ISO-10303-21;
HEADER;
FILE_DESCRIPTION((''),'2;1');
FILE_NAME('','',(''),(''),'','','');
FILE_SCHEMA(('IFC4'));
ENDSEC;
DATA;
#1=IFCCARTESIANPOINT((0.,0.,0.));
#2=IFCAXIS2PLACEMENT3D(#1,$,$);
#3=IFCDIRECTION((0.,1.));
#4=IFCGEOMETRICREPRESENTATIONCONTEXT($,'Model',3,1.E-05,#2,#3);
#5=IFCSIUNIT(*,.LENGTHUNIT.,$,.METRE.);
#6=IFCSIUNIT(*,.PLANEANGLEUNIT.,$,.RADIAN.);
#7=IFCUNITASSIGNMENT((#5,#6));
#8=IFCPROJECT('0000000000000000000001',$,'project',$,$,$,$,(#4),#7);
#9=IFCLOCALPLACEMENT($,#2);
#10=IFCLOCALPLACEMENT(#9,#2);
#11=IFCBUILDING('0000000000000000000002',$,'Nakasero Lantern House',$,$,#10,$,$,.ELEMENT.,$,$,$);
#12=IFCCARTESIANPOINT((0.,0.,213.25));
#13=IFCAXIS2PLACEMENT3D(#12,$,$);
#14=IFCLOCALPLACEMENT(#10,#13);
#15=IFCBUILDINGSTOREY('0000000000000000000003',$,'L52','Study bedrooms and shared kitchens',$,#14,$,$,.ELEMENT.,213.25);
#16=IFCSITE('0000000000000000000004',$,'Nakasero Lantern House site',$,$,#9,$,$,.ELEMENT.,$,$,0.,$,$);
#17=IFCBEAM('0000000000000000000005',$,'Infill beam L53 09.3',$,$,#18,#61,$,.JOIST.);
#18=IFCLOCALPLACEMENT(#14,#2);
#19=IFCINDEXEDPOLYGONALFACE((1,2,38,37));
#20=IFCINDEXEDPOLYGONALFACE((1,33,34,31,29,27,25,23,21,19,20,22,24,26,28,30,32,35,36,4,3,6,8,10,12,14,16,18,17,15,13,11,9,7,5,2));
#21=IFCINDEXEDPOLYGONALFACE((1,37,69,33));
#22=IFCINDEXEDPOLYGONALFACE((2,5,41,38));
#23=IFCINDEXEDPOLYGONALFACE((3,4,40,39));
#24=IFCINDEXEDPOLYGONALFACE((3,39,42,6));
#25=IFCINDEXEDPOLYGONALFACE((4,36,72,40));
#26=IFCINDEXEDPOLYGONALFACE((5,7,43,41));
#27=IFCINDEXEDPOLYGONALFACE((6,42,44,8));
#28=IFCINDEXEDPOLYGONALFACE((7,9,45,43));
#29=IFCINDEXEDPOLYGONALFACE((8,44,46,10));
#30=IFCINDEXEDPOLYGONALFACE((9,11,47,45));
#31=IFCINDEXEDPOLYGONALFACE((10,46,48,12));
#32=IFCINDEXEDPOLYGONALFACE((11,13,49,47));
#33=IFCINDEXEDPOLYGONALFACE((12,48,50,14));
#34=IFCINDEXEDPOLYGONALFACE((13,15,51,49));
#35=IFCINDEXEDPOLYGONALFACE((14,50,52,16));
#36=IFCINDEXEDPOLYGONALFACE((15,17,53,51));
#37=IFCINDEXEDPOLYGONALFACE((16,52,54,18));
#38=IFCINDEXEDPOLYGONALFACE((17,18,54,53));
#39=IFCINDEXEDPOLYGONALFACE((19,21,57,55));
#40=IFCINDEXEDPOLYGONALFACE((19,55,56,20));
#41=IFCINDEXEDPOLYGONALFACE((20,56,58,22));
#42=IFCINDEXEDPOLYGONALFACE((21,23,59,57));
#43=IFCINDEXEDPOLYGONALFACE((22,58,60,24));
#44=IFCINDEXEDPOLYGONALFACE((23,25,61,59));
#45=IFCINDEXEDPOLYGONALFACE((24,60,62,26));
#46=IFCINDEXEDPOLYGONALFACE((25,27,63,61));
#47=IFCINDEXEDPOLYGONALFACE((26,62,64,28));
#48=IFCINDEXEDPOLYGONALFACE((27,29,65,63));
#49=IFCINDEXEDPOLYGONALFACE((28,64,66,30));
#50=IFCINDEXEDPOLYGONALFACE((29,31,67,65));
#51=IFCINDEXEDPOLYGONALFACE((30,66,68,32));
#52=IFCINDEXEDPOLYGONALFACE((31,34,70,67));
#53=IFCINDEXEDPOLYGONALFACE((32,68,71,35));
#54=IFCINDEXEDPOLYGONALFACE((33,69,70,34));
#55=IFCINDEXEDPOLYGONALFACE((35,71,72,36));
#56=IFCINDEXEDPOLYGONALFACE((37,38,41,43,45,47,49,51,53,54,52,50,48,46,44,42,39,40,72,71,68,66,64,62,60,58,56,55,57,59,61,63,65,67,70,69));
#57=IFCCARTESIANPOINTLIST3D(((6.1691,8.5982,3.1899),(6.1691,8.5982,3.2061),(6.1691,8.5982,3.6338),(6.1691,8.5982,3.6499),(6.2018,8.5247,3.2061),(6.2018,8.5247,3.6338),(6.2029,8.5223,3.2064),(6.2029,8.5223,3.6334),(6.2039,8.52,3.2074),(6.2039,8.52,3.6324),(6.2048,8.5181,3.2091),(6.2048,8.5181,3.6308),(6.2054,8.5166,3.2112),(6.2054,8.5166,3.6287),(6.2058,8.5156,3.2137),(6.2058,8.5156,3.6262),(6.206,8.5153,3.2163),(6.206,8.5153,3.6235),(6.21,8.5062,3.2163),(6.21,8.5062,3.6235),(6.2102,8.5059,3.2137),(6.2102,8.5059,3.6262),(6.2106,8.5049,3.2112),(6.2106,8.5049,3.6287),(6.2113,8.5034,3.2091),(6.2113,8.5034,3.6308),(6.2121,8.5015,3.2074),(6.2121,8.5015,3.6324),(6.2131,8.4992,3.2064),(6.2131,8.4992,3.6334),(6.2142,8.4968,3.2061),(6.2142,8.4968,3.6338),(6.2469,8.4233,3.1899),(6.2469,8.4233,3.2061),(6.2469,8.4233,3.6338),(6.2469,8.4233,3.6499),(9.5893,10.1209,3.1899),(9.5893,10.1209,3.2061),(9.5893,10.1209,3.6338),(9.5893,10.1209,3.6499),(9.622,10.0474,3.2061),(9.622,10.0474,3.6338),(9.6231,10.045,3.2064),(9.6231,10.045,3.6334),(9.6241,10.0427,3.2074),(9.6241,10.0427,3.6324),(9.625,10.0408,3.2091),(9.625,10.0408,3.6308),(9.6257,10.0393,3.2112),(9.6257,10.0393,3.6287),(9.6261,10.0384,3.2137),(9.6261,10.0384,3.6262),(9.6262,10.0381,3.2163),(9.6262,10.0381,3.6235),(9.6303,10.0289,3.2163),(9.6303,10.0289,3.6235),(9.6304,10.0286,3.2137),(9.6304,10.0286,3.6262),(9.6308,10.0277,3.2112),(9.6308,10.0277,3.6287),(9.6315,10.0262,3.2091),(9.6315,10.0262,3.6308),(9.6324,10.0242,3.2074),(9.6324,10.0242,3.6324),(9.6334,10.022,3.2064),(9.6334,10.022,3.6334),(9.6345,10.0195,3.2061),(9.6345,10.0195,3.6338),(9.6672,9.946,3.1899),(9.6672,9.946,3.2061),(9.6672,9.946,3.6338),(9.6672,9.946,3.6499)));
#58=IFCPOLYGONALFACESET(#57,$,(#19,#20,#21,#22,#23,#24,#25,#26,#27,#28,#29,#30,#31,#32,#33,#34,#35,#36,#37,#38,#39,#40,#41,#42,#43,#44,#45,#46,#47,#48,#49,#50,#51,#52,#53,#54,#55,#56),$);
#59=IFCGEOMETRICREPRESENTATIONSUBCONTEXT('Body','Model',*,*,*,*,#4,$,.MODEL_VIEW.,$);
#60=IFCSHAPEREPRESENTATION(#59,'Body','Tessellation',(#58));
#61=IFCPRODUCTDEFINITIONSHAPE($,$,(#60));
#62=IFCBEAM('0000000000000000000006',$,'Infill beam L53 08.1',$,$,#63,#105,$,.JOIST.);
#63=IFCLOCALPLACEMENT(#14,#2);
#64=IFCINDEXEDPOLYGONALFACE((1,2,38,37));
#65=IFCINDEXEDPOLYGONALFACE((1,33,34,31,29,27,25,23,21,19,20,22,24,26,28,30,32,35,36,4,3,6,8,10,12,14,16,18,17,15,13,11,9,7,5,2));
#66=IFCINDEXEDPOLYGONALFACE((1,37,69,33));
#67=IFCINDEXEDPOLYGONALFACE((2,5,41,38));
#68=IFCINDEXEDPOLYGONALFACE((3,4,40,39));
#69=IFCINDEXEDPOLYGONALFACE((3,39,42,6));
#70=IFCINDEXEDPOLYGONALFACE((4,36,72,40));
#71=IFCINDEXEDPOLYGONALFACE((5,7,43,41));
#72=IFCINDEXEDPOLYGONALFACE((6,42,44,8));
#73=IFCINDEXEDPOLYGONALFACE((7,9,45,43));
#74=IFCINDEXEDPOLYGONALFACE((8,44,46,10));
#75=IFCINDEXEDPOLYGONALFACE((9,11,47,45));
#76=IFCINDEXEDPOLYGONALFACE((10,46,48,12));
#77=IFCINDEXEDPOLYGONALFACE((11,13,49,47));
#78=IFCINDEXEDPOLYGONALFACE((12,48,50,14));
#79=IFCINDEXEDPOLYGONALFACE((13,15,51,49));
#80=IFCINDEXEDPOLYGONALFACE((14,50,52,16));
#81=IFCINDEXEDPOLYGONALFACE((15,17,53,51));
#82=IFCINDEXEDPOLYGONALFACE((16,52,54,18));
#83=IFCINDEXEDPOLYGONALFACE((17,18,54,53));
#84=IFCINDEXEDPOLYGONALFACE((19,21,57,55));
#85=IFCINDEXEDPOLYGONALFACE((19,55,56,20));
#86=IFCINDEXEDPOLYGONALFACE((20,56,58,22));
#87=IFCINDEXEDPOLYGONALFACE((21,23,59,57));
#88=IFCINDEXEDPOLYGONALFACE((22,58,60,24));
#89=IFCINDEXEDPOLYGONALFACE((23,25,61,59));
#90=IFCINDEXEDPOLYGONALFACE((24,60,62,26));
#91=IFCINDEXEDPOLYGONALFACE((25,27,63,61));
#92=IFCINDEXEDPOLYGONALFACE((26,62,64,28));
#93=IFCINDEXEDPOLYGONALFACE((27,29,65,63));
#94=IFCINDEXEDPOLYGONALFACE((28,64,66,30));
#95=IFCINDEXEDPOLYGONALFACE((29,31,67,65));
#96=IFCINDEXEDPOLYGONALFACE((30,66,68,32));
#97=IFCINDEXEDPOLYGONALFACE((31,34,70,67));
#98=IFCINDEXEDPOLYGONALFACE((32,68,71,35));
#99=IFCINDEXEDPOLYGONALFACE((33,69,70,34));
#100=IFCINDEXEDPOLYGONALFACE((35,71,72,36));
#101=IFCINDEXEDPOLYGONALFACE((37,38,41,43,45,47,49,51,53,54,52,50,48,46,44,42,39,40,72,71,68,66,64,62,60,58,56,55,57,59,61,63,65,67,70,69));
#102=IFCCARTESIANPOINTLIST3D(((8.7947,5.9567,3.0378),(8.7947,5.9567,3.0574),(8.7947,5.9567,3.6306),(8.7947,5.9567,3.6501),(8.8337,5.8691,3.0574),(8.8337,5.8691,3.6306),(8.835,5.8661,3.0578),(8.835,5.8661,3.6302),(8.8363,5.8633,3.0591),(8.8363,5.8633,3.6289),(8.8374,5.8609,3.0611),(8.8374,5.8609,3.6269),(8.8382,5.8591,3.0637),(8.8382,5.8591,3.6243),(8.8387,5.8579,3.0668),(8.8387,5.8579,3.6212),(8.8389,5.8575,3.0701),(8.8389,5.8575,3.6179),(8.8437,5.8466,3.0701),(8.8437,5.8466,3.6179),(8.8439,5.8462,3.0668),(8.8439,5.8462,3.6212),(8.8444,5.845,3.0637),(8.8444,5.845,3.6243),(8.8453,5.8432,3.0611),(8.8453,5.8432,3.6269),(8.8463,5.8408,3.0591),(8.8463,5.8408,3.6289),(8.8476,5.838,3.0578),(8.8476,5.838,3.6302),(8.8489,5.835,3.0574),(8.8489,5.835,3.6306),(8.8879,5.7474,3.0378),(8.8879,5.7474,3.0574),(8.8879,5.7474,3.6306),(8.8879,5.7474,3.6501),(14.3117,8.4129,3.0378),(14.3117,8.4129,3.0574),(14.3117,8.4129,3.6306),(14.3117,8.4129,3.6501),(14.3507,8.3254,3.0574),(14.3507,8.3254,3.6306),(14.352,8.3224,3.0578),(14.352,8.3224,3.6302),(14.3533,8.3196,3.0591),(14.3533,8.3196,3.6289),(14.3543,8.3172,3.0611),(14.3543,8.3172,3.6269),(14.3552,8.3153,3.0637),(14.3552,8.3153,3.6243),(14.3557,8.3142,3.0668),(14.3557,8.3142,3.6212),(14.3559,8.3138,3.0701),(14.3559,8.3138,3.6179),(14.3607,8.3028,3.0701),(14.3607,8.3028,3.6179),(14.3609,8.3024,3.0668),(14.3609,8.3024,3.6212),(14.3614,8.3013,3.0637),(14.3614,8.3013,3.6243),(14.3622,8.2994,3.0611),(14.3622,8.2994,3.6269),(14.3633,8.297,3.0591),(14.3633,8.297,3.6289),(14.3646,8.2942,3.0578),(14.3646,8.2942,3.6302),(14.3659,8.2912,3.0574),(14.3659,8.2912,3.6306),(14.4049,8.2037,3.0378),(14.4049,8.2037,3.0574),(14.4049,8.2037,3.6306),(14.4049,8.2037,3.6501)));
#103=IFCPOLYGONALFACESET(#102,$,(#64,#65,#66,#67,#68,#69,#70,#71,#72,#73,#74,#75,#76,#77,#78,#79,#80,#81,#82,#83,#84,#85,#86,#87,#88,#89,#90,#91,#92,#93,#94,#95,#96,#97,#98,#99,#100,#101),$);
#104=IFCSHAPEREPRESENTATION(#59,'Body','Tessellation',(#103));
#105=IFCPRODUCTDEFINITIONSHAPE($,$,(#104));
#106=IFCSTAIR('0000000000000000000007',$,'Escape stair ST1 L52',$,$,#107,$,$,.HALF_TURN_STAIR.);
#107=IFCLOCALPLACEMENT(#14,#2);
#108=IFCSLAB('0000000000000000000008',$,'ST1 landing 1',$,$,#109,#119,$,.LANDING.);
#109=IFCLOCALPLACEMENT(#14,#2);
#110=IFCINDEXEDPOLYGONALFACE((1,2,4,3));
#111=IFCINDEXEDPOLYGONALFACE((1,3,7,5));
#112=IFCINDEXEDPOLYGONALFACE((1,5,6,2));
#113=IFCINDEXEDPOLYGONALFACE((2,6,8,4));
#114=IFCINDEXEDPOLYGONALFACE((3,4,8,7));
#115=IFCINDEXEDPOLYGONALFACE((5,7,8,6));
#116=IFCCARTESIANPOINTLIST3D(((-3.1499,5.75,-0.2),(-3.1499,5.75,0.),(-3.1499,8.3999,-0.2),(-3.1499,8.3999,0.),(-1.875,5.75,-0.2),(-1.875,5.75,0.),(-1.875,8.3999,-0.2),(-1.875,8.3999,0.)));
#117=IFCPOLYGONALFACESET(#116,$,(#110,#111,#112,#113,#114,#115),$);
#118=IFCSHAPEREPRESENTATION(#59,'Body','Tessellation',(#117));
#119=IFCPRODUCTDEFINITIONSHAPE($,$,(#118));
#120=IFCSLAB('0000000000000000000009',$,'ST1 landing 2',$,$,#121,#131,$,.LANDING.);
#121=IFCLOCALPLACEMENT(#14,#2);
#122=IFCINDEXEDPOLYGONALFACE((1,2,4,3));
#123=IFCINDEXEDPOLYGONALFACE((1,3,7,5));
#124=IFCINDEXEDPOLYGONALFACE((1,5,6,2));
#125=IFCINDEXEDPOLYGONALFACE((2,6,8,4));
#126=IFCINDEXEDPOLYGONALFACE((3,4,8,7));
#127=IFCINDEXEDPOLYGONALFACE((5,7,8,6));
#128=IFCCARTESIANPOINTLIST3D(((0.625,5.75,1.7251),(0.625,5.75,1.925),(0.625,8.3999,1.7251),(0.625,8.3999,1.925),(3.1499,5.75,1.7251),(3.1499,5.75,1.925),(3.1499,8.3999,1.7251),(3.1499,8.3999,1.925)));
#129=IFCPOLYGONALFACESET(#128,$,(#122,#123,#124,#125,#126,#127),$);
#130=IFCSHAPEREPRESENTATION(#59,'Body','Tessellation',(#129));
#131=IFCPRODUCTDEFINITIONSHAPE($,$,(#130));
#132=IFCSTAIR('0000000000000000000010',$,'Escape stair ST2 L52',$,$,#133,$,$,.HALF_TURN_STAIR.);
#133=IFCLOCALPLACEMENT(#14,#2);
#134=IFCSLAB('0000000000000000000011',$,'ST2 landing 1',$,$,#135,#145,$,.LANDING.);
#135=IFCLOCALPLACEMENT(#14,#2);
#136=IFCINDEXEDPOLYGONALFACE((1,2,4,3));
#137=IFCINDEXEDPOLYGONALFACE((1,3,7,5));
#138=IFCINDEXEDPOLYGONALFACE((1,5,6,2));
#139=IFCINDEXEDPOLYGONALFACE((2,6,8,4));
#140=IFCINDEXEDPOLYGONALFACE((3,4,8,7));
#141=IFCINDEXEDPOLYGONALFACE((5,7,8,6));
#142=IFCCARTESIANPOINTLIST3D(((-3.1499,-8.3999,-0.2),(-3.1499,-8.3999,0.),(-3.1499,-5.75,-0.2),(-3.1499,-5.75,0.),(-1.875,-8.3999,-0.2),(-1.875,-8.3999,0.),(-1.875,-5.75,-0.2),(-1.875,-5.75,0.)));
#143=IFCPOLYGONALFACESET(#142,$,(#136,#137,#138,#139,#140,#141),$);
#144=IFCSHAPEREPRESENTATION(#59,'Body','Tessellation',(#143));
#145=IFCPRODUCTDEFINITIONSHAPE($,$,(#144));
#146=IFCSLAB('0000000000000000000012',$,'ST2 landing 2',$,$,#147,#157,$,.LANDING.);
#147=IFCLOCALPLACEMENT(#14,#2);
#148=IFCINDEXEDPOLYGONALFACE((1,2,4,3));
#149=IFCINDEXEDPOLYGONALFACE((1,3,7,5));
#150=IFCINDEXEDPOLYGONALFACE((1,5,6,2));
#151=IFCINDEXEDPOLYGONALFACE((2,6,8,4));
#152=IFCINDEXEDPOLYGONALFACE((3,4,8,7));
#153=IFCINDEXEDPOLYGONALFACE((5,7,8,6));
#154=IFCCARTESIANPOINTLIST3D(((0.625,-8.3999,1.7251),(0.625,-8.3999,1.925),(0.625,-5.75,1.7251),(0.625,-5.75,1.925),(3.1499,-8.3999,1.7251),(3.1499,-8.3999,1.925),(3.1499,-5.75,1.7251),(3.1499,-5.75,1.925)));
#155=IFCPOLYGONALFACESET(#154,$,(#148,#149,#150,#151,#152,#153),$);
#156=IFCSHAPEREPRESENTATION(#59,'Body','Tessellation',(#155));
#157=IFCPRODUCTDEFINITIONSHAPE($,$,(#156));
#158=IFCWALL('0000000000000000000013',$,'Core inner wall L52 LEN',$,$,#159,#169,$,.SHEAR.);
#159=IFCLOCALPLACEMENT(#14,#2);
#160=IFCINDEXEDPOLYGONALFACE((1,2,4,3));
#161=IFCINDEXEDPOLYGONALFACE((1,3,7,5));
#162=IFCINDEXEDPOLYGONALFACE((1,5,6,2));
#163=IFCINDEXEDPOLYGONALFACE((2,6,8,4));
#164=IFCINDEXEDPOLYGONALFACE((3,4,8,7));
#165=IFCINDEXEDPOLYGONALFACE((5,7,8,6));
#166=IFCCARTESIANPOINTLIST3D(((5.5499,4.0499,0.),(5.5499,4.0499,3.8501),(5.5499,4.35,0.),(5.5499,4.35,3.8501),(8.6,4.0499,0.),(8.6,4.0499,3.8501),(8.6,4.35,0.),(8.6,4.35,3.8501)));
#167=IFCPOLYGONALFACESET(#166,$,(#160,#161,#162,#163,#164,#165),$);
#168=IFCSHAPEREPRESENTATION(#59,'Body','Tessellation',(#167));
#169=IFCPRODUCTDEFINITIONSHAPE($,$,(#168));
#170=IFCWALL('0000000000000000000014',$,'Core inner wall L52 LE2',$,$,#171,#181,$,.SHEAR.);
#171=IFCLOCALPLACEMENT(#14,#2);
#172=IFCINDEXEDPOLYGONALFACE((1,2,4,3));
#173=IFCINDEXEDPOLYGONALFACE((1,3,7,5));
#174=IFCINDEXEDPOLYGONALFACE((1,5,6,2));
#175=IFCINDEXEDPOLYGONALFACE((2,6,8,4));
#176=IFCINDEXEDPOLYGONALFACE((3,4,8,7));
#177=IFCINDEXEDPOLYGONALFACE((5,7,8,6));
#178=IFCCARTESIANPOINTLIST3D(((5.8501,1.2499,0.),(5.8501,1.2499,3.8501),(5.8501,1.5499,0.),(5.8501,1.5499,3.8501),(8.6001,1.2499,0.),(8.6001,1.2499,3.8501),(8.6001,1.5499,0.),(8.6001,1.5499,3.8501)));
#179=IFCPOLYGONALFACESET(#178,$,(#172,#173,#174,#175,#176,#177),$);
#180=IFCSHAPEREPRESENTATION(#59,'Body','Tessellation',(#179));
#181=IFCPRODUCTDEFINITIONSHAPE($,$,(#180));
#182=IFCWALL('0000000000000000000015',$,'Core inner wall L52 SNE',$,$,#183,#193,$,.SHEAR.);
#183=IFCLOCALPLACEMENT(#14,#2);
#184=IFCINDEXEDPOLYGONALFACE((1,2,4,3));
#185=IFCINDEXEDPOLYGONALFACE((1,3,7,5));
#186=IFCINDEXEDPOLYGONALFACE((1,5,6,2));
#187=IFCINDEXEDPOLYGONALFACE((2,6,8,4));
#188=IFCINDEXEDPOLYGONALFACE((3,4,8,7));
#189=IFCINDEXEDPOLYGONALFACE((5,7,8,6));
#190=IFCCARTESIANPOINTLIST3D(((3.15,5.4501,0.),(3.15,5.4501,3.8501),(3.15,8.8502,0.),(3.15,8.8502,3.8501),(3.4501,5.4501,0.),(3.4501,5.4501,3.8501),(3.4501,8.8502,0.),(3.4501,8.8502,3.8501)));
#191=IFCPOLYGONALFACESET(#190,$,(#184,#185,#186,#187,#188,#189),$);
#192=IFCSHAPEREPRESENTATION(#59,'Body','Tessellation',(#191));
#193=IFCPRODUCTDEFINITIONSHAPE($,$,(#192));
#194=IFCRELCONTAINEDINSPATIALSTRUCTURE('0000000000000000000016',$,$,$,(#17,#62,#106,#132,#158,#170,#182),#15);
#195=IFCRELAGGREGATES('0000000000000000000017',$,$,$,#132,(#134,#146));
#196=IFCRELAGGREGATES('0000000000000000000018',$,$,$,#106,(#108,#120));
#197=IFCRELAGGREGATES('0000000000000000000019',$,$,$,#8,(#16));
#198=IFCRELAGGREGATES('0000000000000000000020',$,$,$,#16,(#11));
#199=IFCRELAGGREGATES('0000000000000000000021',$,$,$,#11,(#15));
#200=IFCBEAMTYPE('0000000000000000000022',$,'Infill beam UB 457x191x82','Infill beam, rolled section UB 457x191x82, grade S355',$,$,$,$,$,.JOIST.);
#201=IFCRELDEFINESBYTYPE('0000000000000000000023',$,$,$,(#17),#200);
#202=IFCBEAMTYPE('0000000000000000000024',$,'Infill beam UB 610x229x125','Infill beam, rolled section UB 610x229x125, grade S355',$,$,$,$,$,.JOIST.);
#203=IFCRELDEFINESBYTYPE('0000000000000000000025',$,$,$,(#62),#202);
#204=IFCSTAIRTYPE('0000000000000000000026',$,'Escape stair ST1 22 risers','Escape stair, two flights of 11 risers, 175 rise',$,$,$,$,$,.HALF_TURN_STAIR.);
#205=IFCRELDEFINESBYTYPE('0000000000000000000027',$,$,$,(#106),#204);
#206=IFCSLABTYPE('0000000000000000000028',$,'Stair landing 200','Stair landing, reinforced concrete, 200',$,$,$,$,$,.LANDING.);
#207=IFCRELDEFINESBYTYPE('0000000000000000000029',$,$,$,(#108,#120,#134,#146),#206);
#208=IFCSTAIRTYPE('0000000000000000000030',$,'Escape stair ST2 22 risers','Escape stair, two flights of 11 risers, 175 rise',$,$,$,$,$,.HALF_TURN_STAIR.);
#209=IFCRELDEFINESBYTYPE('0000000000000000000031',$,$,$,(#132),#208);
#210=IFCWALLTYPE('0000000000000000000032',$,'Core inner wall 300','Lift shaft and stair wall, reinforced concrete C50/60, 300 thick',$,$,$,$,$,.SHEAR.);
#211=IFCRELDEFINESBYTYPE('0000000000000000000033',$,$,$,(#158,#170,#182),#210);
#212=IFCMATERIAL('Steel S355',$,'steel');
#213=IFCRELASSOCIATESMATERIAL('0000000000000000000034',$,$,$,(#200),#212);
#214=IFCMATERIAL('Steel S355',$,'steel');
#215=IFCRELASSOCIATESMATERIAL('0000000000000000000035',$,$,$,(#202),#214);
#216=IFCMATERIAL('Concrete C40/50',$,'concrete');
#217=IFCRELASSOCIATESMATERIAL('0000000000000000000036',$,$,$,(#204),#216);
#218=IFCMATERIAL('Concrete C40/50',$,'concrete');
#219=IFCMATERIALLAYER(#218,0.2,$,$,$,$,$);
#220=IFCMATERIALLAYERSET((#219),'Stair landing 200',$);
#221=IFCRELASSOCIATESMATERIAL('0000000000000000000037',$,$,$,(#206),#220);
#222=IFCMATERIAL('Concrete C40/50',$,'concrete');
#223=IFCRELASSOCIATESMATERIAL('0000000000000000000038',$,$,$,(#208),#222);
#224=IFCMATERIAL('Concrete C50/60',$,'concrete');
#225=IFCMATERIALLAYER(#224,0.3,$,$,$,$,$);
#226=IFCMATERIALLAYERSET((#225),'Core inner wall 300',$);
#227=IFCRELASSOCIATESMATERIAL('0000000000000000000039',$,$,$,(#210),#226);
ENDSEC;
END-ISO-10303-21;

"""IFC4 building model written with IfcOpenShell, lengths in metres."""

from ifc_helpers import new_model, si_unit, direction, frame, frame_2d, origin, origin_2d, place, context, subcontext, project, spatial, polyline, rectangle, i_section, outline, extrude, material, layer, layer_set, material_profile, profile_set, type_object, element, aggregate, save


model = new_model("IFC4")

# Units and contexts
model_context = context("Model", 3, precision=1e-05, world=origin(), true_north=direction((0.0, 1.0)))
body_context = subcontext(model_context, "Body", "Model", "MODEL_VIEW")
ifc_project = project(units=[si_unit("LENGTHUNIT", "METRE"), si_unit("PLANEANGLEUNIT", "RADIAN")], contexts=[model_context])

# Site, building, storey
site_placement = place(None, origin())
site = spatial("IfcSite", under=ifc_project, at=site_placement, Name="Nakasero Lantern House site", CompositionType="ELEMENT", RefElevation=0.0)
building_placement = place(site_placement, origin())
building = spatial("IfcBuilding", under=site, at=building_placement, Name="Nakasero Lantern House", CompositionType="ELEMENT")
storey_placement = place(building_placement, frame((0.0, 0.0, 213.25)))
storey = spatial("IfcBuildingStorey", under=building, at=storey_placement, Name="L52", Description="Study bedrooms and shared kitchens", CompositionType="ELEMENT", Elevation=213.25)

# Beams
ifc_material_1 = material(Name="Steel S355", Category="steel")
ifc_material_profile_1 = material_profile(ifc_material_1, i_section(OverallWidth=0.1914, OverallDepth=0.46, WebThickness=0.01, FlangeThickness=0.0161, FilletRadius=0.0103, at=origin_2d()), Name="UB 457x191x82")
ifc_profile_set_1 = profile_set([ifc_material_profile_1], Name="Steel S355")
beam_type_1 = type_object("IfcBeamType", Name="Infill beam UB 457x191x82", Description="Infill beam, rolled section UB 457x191x82, grade S355", PredefinedType="JOIST", material=ifc_profile_set_1)
beam_1_placement = place(storey_placement, frame((6.208, 8.5107, 3.4199), z_axis=(0.913551, 0.406725, 0.0), x_axis=(-0.406725, 0.913551, 0.0)))
element("IfcBeam", 1, at=beam_1_placement, inside=storey, type_object=beam_type_1, Name="Infill beam L53 09.3", PredefinedType="JOIST", context=body_context, shape_type="SweptSolid", body=[
    extrude(i_section(OverallWidth=0.1914, OverallDepth=0.46, WebThickness=0.01, FlangeThickness=0.0161, FilletRadius=0.0103, at=origin_2d()), origin(), (0.0, 0.0, 1.0), 3.7439),
])
ifc_material_2 = material(Name="Steel S355", Category="steel")
ifc_material_profile_2 = material_profile(ifc_material_2, i_section(OverallWidth=0.229, OverallDepth=0.6123, WebThickness=0.012, FlangeThickness=0.0195, FilletRadius=0.0127, at=origin_2d()), Name="UB 610x229x125")
ifc_profile_set_2 = profile_set([ifc_material_profile_2], Name="Steel S355")
beam_type_2 = type_object("IfcBeamType", Name="Infill beam UB 610x229x125", Description="Infill beam, rolled section UB 610x229x125, grade S355", PredefinedType="JOIST", material=ifc_profile_set_2)
beam_2_placement = place(storey_placement, frame((8.8413, 5.8521, 3.344), z_axis=(0.91355, 0.406727, 0.0), x_axis=(-0.406727, 0.91355, 0.0)))
element("IfcBeam", 2, at=beam_2_placement, inside=storey, type_object=beam_type_2, Name="Infill beam L53 08.1", PredefinedType="JOIST", context=body_context, shape_type="SweptSolid", body=[
    extrude(i_section(OverallWidth=0.229, OverallDepth=0.6123, WebThickness=0.012, FlangeThickness=0.0195, FilletRadius=0.0127, at=origin_2d()), origin(), (0.0, 0.0, 1.0), 6.0391),
])

# Stairs, slabs
ifc_material_3 = material(Name="Concrete C40/50", Category="concrete")
stair_type_1 = type_object("IfcStairType", Name="Escape stair ST1 22 risers", Description="Escape stair, two flights of 11 risers, 175 rise", PredefinedType="HALF_TURN_STAIR", material=ifc_material_3)
stair_1_placement = place(storey_placement, origin())
stair_1 = element("IfcStair", 3, at=stair_1_placement, inside=storey, type_object=stair_type_1, Name="Escape stair ST1 L52", PredefinedType="HALF_TURN_STAIR")
ifc_material_4 = material(Name="Concrete C40/50", Category="concrete")
ifc_layer_1 = layer(ifc_material_4, 0.2)
ifc_layer_set_1 = layer_set([ifc_layer_1], Name="Stair landing 200")
slab_type = type_object("IfcSlabType", Name="Stair landing 200", Description="Stair landing, reinforced concrete, 200", PredefinedType="LANDING", material=ifc_layer_set_1)
slab_1_placement = place(storey_placement, frame((0.0, 0.0, -0.2)))
slab_1 = element("IfcSlab", 4, at=slab_1_placement, type_object=slab_type, Name="ST1 landing 1", PredefinedType="LANDING", context=body_context, shape_type="SweptSolid", body=[
    extrude(outline(polyline([(-3.1499, 5.75), (-1.875, 5.75), (-1.875, 8.3999), (-3.1499, 8.3999), (-3.1499, 5.75)])), origin(), (0.0, 0.0, 1.0), 0.2),
])
slab_2_placement = place(storey_placement, frame((0.0, 0.0, 1.7251)))
slab_2 = element("IfcSlab", 5, at=slab_2_placement, type_object=slab_type, Name="ST1 landing 2", PredefinedType="LANDING", context=body_context, shape_type="SweptSolid", body=[
    extrude(outline(polyline([(0.625, 5.75), (3.1499, 5.75), (3.1499, 8.3999), (0.625, 8.3999), (0.625, 5.75)])), origin(), (0.0, 0.0, 1.0), 0.2),
])
ifc_material_5 = material(Name="Concrete C40/50", Category="concrete")
stair_type_2 = type_object("IfcStairType", Name="Escape stair ST2 22 risers", Description="Escape stair, two flights of 11 risers, 175 rise", PredefinedType="HALF_TURN_STAIR", material=ifc_material_5)
stair_2_placement = place(storey_placement, origin())
stair_2 = element("IfcStair", 6, at=stair_2_placement, inside=storey, type_object=stair_type_2, Name="Escape stair ST2 L52", PredefinedType="HALF_TURN_STAIR")
slab_3_placement = place(storey_placement, frame((0.0, 0.0, -0.2)))
slab_3 = element("IfcSlab", 7, at=slab_3_placement, type_object=slab_type, Name="ST2 landing 1", PredefinedType="LANDING", context=body_context, shape_type="SweptSolid", body=[
    extrude(outline(polyline([(-3.1499, -8.3999), (-1.875, -8.3999), (-1.875, -5.75), (-3.1499, -5.75), (-3.1499, -8.3999)])), origin(), (0.0, 0.0, 1.0), 0.2),
])
slab_4_placement = place(storey_placement, frame((0.0, 0.0, 1.7251)))
slab_4 = element("IfcSlab", 8, at=slab_4_placement, type_object=slab_type, Name="ST2 landing 2", PredefinedType="LANDING", context=body_context, shape_type="SweptSolid", body=[
    extrude(outline(polyline([(0.625, -8.3999), (3.1499, -8.3999), (3.1499, -5.75), (0.625, -5.75), (0.625, -8.3999)])), origin(), (0.0, 0.0, 1.0), 0.2),
])
aggregate(stair_2, [slab_3, slab_4])

# Walls
ifc_material_6 = material(Name="Concrete C50/60", Category="concrete")
ifc_layer_2 = layer(ifc_material_6, 0.3)
ifc_layer_set_2 = layer_set([ifc_layer_2], Name="Core inner wall 300")
wall_type_1 = type_object("IfcWallType", Name="Core inner wall 300", Description="Lift shaft and stair wall, reinforced concrete C50/60, 300 thick", PredefinedType="SHEAR", material=ifc_layer_set_2)
wall_1_placement = place(storey_placement, frame((5.55, 4.2, 0.0), z_axis=(0.0, 0.0, 1.0), x_axis=(1.0, 0.0, 0.0)))
element("IfcWall", 9, at=wall_1_placement, inside=storey, type_object=wall_type_1, Name="Core inner wall L52 LEN", PredefinedType="SHEAR", context=body_context, shape_type="SweptSolid", body=[
    extrude(rectangle(XDim=3.05, YDim=0.3, at=frame_2d((1.5249, 0.0))), origin(), (0.0, 0.0, 1.0), 3.8501),
])
wall_2_placement = place(storey_placement, frame((5.8501, 1.3999, 0.0), z_axis=(0.0, 0.0, 1.0), x_axis=(1.0, 0.0, 0.0)))
element("IfcWall", 10, at=wall_2_placement, inside=storey, type_object=wall_type_1, Name="Core inner wall L52 LE2", PredefinedType="SHEAR", context=body_context, shape_type="SweptSolid", body=[
    extrude(rectangle(XDim=2.75, YDim=0.3, at=frame_2d((1.375, 0.0))), origin(), (0.0, 0.0, 1.0), 3.8501),
])
wall_3_placement = place(storey_placement, frame((3.3, 5.45, 0.0), z_axis=(0.0, 0.0, 1.0), x_axis=(0.0, 1.0, 0.0)))
element("IfcWall", 11, at=wall_3_placement, inside=storey, type_object=wall_type_1, Name="Core inner wall L52 SNE", PredefinedType="SHEAR", context=body_context, shape_type="SweptSolid", body=[
    extrude(rectangle(XDim=3.4001, YDim=0.3, at=frame_2d((1.7002, 0.0))), origin(), (0.0, 0.0, 1.0), 3.8501),
])

aggregate(stair_1, [slab_1, slab_2])

save(model, "model.ifc")
